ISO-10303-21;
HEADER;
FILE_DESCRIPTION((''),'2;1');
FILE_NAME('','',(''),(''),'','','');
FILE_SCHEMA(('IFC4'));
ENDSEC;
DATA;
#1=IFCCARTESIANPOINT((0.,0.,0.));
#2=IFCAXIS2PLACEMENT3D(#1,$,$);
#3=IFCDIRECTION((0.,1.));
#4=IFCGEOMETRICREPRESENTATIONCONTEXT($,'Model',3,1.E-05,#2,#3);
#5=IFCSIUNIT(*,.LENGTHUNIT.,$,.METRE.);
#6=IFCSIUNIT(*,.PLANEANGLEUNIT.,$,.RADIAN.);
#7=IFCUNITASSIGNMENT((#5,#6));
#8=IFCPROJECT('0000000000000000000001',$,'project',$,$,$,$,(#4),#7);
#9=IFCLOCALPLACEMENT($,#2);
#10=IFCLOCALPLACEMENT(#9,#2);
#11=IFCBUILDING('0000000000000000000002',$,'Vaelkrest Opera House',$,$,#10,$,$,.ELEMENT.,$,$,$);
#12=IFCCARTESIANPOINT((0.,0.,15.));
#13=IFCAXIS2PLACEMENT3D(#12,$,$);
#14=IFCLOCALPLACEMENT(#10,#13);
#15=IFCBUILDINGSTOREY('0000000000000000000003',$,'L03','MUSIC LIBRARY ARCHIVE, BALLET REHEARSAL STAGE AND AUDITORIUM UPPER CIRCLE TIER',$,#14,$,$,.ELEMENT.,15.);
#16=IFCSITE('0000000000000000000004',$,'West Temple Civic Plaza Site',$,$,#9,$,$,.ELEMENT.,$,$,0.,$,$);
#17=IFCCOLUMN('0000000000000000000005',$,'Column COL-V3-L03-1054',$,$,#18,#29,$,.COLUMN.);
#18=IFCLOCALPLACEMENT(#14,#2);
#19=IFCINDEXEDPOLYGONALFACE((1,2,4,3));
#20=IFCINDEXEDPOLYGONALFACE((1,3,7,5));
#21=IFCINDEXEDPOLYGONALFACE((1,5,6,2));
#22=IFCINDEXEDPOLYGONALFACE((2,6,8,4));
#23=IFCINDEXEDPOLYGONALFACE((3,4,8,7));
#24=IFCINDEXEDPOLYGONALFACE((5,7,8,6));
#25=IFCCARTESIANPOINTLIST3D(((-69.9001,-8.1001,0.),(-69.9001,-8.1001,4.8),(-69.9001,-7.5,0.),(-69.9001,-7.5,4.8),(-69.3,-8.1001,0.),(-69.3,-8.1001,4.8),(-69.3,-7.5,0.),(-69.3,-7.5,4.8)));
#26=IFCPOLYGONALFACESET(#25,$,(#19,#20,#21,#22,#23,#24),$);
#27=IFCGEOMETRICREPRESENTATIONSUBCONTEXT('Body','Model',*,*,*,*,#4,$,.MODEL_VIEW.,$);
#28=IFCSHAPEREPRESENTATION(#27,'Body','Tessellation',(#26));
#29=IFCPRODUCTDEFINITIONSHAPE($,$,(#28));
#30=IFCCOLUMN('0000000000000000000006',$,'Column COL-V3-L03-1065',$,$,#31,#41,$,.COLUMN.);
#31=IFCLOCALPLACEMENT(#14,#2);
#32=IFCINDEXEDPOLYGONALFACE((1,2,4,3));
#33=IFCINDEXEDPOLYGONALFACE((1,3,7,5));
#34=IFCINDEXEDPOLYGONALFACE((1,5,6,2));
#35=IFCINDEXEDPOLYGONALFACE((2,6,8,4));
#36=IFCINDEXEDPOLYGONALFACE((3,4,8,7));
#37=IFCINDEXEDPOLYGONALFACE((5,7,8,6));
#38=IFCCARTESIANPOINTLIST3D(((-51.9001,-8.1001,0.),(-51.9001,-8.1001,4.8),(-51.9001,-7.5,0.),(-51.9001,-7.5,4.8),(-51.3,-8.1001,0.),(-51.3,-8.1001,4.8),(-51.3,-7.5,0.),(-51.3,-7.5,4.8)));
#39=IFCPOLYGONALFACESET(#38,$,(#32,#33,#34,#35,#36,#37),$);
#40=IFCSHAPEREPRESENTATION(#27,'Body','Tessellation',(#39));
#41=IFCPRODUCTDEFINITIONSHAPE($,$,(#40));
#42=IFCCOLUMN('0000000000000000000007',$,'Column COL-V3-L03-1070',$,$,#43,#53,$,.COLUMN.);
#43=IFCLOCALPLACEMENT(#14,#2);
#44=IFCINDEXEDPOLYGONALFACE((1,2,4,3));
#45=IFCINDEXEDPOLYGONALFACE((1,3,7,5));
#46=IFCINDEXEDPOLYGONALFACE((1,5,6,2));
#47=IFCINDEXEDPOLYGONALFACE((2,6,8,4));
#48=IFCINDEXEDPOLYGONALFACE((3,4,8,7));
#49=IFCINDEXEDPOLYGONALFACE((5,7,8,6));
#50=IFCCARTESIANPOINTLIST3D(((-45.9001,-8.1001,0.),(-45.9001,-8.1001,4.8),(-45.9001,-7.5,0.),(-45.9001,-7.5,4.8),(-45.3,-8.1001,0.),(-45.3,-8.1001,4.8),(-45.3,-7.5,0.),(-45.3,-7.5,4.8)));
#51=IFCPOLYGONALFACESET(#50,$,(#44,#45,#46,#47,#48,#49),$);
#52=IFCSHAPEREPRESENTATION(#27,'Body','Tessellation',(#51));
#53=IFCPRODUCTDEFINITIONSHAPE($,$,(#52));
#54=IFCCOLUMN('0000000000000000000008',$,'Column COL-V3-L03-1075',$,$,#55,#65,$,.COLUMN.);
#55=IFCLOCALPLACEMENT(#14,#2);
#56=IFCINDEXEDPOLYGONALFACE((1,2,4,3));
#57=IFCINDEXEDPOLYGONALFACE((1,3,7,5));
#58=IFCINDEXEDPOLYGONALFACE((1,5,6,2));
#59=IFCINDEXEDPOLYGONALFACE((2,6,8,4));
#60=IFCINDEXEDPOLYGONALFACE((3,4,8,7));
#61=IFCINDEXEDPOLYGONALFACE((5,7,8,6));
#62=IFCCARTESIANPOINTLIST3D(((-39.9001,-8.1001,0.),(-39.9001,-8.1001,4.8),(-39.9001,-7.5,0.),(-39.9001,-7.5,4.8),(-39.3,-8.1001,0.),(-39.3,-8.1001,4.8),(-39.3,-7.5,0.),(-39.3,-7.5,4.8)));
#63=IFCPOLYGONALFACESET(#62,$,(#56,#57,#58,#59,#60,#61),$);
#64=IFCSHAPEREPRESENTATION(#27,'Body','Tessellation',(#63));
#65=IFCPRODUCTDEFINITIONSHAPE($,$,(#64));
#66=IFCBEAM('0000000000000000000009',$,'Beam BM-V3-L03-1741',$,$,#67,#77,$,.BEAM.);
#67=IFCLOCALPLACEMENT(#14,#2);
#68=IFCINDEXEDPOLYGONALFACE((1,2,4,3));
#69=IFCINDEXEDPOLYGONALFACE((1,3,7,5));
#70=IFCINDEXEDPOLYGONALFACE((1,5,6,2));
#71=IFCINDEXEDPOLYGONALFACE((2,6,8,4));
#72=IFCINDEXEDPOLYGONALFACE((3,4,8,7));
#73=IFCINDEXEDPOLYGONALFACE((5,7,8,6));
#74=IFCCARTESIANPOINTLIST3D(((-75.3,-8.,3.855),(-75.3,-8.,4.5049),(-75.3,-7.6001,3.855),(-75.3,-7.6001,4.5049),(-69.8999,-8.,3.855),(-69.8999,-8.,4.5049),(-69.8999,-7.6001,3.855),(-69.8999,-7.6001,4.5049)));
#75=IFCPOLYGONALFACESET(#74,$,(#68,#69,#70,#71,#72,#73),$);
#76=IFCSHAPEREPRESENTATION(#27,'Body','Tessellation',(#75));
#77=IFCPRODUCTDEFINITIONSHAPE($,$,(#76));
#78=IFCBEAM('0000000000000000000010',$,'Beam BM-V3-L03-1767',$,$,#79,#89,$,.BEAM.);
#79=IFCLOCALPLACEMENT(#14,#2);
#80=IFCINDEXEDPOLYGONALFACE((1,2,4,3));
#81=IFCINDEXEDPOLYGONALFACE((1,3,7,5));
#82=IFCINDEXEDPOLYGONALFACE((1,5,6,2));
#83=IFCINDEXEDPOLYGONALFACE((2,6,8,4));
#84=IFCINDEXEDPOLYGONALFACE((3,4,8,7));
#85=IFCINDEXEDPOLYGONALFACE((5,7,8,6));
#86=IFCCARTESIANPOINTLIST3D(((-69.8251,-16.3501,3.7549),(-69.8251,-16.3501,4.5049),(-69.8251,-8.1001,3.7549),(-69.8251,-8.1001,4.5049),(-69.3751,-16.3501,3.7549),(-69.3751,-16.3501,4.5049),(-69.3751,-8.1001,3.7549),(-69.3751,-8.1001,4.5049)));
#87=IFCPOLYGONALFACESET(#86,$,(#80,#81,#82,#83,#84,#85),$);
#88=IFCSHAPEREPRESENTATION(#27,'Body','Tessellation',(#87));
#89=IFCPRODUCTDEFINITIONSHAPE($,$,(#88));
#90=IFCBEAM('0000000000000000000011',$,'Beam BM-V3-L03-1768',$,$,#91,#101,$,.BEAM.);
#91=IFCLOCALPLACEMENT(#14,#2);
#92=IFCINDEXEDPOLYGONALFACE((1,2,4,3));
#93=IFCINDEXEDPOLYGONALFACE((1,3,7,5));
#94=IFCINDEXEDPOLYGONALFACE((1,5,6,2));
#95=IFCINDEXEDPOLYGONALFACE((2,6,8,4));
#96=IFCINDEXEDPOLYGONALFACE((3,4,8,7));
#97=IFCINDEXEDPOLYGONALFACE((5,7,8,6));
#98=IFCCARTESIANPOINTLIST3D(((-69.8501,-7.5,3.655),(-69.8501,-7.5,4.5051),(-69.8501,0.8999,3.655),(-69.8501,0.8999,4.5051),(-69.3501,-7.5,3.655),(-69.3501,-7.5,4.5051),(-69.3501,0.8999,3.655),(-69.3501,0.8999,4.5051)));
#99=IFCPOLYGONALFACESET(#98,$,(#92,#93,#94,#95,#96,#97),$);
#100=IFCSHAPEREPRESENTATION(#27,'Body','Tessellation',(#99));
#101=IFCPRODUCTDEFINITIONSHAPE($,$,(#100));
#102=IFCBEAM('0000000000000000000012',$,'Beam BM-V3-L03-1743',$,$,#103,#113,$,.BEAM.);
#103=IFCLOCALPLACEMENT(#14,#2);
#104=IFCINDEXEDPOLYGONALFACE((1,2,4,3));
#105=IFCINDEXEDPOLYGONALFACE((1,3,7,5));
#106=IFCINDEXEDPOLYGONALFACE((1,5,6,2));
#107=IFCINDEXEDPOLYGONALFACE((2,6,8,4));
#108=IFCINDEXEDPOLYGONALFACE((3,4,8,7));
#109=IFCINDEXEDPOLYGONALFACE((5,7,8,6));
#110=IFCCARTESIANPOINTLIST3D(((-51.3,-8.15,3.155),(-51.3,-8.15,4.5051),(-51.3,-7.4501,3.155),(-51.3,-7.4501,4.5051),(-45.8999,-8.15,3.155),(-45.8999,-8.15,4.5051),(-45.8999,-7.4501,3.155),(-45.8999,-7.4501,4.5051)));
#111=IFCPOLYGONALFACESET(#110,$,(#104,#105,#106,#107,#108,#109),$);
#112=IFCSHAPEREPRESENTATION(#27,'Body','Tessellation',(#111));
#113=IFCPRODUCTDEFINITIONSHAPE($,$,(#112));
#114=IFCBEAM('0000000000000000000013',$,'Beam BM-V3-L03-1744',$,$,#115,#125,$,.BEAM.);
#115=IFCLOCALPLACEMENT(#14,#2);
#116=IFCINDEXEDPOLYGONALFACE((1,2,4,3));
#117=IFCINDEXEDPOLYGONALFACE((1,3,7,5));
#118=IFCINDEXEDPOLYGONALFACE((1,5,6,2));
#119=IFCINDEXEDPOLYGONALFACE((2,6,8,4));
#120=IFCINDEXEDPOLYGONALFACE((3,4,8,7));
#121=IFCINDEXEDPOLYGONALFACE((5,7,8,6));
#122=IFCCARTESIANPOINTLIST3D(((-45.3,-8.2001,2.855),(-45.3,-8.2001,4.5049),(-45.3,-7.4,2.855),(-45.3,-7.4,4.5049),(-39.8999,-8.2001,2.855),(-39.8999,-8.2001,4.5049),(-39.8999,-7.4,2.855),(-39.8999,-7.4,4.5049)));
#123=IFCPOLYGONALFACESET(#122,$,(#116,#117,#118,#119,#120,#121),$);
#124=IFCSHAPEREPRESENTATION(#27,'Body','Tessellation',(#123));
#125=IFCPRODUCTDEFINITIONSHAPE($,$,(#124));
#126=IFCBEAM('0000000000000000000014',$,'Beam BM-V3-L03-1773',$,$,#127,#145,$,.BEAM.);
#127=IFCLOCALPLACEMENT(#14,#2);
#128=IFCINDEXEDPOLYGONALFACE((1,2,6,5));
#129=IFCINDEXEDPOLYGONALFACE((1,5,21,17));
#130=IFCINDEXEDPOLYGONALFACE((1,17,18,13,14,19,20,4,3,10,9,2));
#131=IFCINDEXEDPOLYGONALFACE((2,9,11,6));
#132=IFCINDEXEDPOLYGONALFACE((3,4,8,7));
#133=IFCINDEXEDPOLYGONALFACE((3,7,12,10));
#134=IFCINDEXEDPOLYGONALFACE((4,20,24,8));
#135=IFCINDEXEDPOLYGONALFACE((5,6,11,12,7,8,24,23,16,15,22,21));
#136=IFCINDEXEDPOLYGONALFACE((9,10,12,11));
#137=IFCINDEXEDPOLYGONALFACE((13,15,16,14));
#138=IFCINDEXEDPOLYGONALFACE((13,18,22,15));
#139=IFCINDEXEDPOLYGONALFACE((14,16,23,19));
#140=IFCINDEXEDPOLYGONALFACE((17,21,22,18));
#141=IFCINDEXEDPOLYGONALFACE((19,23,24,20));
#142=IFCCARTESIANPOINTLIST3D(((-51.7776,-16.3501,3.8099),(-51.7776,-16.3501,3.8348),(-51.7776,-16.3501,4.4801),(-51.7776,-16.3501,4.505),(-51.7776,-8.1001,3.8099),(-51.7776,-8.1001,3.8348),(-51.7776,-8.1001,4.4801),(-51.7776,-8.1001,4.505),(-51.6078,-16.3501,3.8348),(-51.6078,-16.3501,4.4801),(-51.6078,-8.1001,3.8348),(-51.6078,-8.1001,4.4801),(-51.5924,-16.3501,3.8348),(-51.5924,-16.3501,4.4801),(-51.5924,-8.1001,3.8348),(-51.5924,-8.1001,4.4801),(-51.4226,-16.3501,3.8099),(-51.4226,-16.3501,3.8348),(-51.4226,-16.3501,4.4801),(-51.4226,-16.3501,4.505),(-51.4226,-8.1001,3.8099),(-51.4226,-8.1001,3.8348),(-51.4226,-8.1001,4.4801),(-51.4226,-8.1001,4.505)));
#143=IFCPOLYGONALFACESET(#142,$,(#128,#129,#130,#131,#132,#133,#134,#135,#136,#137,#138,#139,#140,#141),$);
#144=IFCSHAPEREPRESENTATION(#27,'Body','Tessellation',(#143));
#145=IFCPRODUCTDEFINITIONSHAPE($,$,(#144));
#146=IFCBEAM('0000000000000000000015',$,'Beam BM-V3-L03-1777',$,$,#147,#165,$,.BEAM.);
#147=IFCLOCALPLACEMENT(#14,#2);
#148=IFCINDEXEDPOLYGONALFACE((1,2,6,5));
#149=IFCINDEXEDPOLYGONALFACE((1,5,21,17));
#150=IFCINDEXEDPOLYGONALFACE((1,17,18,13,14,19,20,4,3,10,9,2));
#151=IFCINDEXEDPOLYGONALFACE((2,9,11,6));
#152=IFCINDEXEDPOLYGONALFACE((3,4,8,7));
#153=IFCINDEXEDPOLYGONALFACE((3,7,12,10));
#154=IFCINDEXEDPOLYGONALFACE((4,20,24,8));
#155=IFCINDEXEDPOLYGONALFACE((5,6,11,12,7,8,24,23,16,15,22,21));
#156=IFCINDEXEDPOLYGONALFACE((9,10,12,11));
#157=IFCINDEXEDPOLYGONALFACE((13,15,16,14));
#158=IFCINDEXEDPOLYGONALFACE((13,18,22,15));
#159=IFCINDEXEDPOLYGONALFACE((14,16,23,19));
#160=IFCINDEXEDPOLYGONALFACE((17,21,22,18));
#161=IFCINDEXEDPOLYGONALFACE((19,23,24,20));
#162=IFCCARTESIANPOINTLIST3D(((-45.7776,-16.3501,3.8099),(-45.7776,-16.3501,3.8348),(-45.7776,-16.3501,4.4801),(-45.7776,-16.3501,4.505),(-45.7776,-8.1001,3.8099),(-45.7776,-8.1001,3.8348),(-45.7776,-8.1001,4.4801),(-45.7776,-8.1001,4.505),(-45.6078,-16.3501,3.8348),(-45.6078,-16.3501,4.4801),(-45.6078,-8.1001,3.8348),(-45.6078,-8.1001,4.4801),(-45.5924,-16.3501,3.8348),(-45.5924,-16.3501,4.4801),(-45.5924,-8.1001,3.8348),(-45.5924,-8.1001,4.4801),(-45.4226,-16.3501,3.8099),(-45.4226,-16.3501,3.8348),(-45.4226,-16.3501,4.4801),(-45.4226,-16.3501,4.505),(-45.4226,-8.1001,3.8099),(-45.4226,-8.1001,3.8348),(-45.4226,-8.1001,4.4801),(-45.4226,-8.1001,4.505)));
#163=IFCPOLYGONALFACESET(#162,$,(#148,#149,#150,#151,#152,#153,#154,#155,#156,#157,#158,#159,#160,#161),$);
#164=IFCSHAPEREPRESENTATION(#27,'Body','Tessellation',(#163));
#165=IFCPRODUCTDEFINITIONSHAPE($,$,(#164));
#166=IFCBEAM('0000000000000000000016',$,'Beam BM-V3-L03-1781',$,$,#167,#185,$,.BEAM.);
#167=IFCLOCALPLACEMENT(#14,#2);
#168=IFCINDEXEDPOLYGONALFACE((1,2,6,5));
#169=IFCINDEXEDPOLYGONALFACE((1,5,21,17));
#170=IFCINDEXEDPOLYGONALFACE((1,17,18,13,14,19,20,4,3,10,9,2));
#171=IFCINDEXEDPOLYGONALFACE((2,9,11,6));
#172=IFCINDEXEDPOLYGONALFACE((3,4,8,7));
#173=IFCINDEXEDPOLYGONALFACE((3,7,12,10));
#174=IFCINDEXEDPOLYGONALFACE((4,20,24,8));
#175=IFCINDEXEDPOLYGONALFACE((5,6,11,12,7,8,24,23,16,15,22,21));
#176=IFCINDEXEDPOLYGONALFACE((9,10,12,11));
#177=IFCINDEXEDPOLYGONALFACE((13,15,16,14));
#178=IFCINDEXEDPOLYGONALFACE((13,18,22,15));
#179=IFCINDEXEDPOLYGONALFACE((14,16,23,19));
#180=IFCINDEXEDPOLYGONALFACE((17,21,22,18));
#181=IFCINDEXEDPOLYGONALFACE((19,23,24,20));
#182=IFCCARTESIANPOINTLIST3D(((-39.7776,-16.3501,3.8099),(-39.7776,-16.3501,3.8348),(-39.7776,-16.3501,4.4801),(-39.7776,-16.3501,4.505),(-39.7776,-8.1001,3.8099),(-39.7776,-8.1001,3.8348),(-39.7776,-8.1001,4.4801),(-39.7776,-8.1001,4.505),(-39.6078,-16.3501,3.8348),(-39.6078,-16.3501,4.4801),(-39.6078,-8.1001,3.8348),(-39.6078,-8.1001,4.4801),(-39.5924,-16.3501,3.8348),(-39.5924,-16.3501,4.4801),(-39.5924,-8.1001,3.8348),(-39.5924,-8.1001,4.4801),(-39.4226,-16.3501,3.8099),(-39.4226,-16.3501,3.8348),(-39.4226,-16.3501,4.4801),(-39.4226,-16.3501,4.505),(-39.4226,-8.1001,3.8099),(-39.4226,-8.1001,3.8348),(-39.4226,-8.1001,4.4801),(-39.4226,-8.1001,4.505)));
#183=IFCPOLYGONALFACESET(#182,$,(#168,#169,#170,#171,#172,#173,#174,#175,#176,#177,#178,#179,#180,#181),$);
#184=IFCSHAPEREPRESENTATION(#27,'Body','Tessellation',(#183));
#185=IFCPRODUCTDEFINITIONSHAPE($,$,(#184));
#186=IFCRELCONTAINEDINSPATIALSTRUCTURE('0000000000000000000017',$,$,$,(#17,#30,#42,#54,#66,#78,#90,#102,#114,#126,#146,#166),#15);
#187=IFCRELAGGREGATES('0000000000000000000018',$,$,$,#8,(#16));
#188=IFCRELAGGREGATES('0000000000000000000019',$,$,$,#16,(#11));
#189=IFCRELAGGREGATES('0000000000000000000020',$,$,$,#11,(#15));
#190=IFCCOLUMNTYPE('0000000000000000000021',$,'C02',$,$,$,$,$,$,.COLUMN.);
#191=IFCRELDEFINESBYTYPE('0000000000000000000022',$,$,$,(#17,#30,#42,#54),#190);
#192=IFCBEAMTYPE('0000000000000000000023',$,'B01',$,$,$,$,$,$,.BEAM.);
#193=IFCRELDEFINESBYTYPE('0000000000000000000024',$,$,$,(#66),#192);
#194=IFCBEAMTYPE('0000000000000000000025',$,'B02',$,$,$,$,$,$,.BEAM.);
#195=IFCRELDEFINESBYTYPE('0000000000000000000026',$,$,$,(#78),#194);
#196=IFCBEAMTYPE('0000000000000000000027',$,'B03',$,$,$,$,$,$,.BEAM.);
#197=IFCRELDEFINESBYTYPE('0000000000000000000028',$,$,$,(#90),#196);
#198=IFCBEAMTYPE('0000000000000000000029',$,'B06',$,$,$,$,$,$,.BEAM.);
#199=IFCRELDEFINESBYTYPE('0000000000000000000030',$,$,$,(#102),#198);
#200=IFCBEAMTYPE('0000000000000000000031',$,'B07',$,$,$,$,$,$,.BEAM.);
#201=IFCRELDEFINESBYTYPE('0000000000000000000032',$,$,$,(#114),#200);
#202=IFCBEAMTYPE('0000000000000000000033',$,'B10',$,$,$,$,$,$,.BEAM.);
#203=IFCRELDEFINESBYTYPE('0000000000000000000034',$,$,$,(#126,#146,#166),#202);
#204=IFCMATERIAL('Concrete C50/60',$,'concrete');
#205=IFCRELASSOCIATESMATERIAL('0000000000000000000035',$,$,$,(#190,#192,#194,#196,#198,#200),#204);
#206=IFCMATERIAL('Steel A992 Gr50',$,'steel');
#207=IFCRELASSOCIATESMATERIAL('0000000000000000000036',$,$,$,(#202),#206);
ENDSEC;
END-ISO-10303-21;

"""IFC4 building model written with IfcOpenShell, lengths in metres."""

from ifc_helpers import new_model, si_unit, direction, frame, origin, origin_2d, place, context, subcontext, project, spatial, rectangle, i_section, extrude, material, material_profile, profile_set, type_object, element, save


model = new_model("IFC4")

# Units and contexts
model_context = context("Model", 3, precision=1e-05, world=origin(), true_north=direction((0.0, 1.0)))
body_context = subcontext(model_context, "Body", "Model", "MODEL_VIEW")
ifc_project = project(units=[si_unit("LENGTHUNIT", "METRE"), si_unit("PLANEANGLEUNIT", "RADIAN")], contexts=[model_context])

# Site, building, storey
site_placement = place(None, origin())
site = spatial("IfcSite", under=ifc_project, at=site_placement, Name="West Temple Civic Plaza Site", CompositionType="ELEMENT", RefElevation=0.0)
building_placement = place(site_placement, origin())
building = spatial("IfcBuilding", under=site, at=building_placement, Name="Vaelkrest Opera House", CompositionType="ELEMENT")
storey_placement = place(building_placement, frame((0.0, 0.0, 15.0)))
storey = spatial("IfcBuildingStorey", under=building, at=storey_placement, Name="L03", Description="MUSIC LIBRARY ARCHIVE, BALLET REHEARSAL STAGE AND AUDITORIUM UPPER CIRCLE TIER", CompositionType="ELEMENT", Elevation=15.0)

# Columns
ifc_material_1 = material(Name="Concrete C50/60", Category="concrete")
ifc_material_profile_1 = material_profile(ifc_material_1, rectangle(XDim=0.6001, YDim=0.6001, at=origin_2d()), Name="RC600X600")
ifc_profile_set_1 = profile_set([ifc_material_profile_1], Name="Concrete C50/60")
column_type = type_object("IfcColumnType", Name="C02", PredefinedType="COLUMN", material=ifc_profile_set_1)
for number, where, z_axis, x_axis, name in (
    (1, (-69.6001, -7.8, 0.0), (0.0, 0.0, 1.0), (1.0, 0.0, 0.0), "Column COL-V3-L03-1054"),
    (2, (-51.6001, -7.8, 0.0), (0.0, 0.0, 1.0), (1.0, 0.0, 0.0), "Column COL-V3-L03-1065"),
    (3, (-45.6001, -7.8, 0.0), (0.0, 0.0, 1.0), (1.0, 0.0, 0.0), "Column COL-V3-L03-1070"),
    (4, (-39.6001, -7.8, 0.0), (0.0, 0.0, 1.0), (1.0, 0.0, 0.0), "Column COL-V3-L03-1075"),
):
    element("IfcColumn", number, at=place(storey_placement, frame(where, z_axis=z_axis, x_axis=x_axis)), inside=storey, type_object=column_type, Name=name, PredefinedType="COLUMN", context=body_context, shape_type="SweptSolid", body=[
        extrude(rectangle(XDim=0.6001, YDim=0.6001, at=origin_2d()), origin(), (0.0, 0.0, 1.0), 4.8),
    ])

# Beams
ifc_material_profile_2 = material_profile(ifc_material_1, rectangle(XDim=0.3999, YDim=0.6499, at=origin_2d()), Name="RCB400X650")
ifc_profile_set_2 = profile_set([ifc_material_profile_2], Name="Concrete C50/60")
beam_type_1 = type_object("IfcBeamType", Name="B01", PredefinedType="BEAM", material=ifc_profile_set_2)
beam_1_placement = place(storey_placement, frame((-75.3, -7.8, 4.1799), z_axis=(1.0, 0.0, 0.0), x_axis=(0.0, 1.0, 0.0)))
element("IfcBeam", 5, at=beam_1_placement, inside=storey, type_object=beam_type_1, Name="Beam BM-V3-L03-1741", PredefinedType="BEAM", context=body_context, shape_type="SweptSolid", body=[
    extrude(rectangle(XDim=0.3999, YDim=0.6499, at=origin_2d()), origin(), (0.0, 0.0, 1.0), 5.4001),
])
ifc_material_profile_3 = material_profile(ifc_material_1, rectangle(XDim=0.45, YDim=0.75, at=origin_2d()), Name="RCB450X750")
ifc_profile_set_3 = profile_set([ifc_material_profile_3], Name="Concrete C50/60")
beam_type_2 = type_object("IfcBeamType", Name="B02", PredefinedType="BEAM", material=ifc_profile_set_3)
beam_2_placement = place(storey_placement, frame((-69.6001, -16.3501, 4.1299), z_axis=(0.0, 1.0, 0.0), x_axis=(-1.0, 0.0, 0.0)))
element("IfcBeam", 6, at=beam_2_placement, inside=storey, type_object=beam_type_2, Name="Beam BM-V3-L03-1767", PredefinedType="BEAM", context=body_context, shape_type="SweptSolid", body=[
    extrude(rectangle(XDim=0.45, YDim=0.75, at=origin_2d()), origin(), (0.0, 0.0, 1.0), 8.25),
])
ifc_material_profile_4 = material_profile(ifc_material_1, rectangle(XDim=0.5, YDim=0.8501, at=origin_2d()), Name="RCB500X850")
ifc_profile_set_4 = profile_set([ifc_material_profile_4], Name="Concrete C50/60")
beam_type_3 = type_object("IfcBeamType", Name="B03", PredefinedType="BEAM", material=ifc_profile_set_4)
beam_3_placement = place(storey_placement, frame((-69.6001, -7.5, 4.0801), z_axis=(0.0, 1.0, 0.0), x_axis=(-1.0, 0.0, 0.0)))
element("IfcBeam", 7, at=beam_3_placement, inside=storey, type_object=beam_type_3, Name="Beam BM-V3-L03-1768", PredefinedType="BEAM", context=body_context, shape_type="SweptSolid", body=[
    extrude(rectangle(XDim=0.5, YDim=0.8501, at=origin_2d()), origin(), (0.0, 0.0, 1.0), 8.3999),
])
ifc_material_profile_5 = material_profile(ifc_material_1, rectangle(XDim=0.7, YDim=1.3501, at=origin_2d()), Name="RCB700X1350")
ifc_profile_set_5 = profile_set([ifc_material_profile_5], Name="Concrete C50/60")
beam_type_4 = type_object("IfcBeamType", Name="B06", PredefinedType="BEAM", material=ifc_profile_set_5)
beam_4_placement = place(storey_placement, frame((-51.3, -7.8, 3.8301), z_axis=(1.0, 0.0, 0.0), x_axis=(0.0, 1.0, 0.0)))
element("IfcBeam", 8, at=beam_4_placement, inside=storey, type_object=beam_type_4, Name="Beam BM-V3-L03-1743", PredefinedType="BEAM", context=body_context, shape_type="SweptSolid", body=[
    extrude(rectangle(XDim=0.7, YDim=1.3501, at=origin_2d()), origin(), (0.0, 0.0, 1.0), 5.4001),
])
ifc_material_profile_6 = material_profile(ifc_material_1, rectangle(XDim=0.8, YDim=1.6499, at=origin_2d()), Name="RCB800X1650")
ifc_profile_set_6 = profile_set([ifc_material_profile_6], Name="Concrete C50/60")
beam_type_5 = type_object("IfcBeamType", Name="B07", PredefinedType="BEAM", material=ifc_profile_set_6)
beam_5_placement = place(storey_placement, frame((-45.3, -7.8, 3.6799), z_axis=(1.0, 0.0, 0.0), x_axis=(0.0, 1.0, 0.0)))
element("IfcBeam", 9, at=beam_5_placement, inside=storey, type_object=beam_type_5, Name="Beam BM-V3-L03-1744", PredefinedType="BEAM", context=body_context, shape_type="SweptSolid", body=[
    extrude(rectangle(XDim=0.8, YDim=1.6499, at=origin_2d()), origin(), (0.0, 0.0, 1.0), 5.4001),
])
ifc_material_2 = material(Name="Steel A992 Gr50", Category="steel")
ifc_material_profile_7 = material_profile(ifc_material_2, i_section(OverallWidth=0.355, OverallDepth=0.6951, WebThickness=0.0154, FlangeThickness=0.0249, at=origin_2d()), Name="W27X146")
ifc_profile_set_7 = profile_set([ifc_material_profile_7], Name="Steel A992 Gr50")
beam_type_6 = type_object("IfcBeamType", Name="B10", PredefinedType="BEAM", material=ifc_profile_set_7)
for number, where, z_axis, x_axis, name in (
    (10, (-51.6001, -16.3501, 4.1575), (0.0, 1.0, 0.0), (-1.0, 0.0, 0.0), "Beam BM-V3-L03-1773"),
    (11, (-45.6001, -16.3501, 4.1575), (0.0, 1.0, 0.0), (-1.0, 0.0, 0.0), "Beam BM-V3-L03-1777"),
    (12, (-39.6001, -16.3501, 4.1575), (0.0, 1.0, 0.0), (-1.0, 0.0, 0.0), "Beam BM-V3-L03-1781"),
):
    element("IfcBeam", number, at=place(storey_placement, frame(where, z_axis=z_axis, x_axis=x_axis)), inside=storey, type_object=beam_type_6, Name=name, PredefinedType="BEAM", context=body_context, shape_type="SweptSolid", body=[
        extrude(i_section(OverallWidth=0.355, OverallDepth=0.6951, WebThickness=0.0154, FlangeThickness=0.0249, at=origin_2d()), origin(), (0.0, 0.0, 1.0), 8.25),
    ])

save(model, "model.ifc")
